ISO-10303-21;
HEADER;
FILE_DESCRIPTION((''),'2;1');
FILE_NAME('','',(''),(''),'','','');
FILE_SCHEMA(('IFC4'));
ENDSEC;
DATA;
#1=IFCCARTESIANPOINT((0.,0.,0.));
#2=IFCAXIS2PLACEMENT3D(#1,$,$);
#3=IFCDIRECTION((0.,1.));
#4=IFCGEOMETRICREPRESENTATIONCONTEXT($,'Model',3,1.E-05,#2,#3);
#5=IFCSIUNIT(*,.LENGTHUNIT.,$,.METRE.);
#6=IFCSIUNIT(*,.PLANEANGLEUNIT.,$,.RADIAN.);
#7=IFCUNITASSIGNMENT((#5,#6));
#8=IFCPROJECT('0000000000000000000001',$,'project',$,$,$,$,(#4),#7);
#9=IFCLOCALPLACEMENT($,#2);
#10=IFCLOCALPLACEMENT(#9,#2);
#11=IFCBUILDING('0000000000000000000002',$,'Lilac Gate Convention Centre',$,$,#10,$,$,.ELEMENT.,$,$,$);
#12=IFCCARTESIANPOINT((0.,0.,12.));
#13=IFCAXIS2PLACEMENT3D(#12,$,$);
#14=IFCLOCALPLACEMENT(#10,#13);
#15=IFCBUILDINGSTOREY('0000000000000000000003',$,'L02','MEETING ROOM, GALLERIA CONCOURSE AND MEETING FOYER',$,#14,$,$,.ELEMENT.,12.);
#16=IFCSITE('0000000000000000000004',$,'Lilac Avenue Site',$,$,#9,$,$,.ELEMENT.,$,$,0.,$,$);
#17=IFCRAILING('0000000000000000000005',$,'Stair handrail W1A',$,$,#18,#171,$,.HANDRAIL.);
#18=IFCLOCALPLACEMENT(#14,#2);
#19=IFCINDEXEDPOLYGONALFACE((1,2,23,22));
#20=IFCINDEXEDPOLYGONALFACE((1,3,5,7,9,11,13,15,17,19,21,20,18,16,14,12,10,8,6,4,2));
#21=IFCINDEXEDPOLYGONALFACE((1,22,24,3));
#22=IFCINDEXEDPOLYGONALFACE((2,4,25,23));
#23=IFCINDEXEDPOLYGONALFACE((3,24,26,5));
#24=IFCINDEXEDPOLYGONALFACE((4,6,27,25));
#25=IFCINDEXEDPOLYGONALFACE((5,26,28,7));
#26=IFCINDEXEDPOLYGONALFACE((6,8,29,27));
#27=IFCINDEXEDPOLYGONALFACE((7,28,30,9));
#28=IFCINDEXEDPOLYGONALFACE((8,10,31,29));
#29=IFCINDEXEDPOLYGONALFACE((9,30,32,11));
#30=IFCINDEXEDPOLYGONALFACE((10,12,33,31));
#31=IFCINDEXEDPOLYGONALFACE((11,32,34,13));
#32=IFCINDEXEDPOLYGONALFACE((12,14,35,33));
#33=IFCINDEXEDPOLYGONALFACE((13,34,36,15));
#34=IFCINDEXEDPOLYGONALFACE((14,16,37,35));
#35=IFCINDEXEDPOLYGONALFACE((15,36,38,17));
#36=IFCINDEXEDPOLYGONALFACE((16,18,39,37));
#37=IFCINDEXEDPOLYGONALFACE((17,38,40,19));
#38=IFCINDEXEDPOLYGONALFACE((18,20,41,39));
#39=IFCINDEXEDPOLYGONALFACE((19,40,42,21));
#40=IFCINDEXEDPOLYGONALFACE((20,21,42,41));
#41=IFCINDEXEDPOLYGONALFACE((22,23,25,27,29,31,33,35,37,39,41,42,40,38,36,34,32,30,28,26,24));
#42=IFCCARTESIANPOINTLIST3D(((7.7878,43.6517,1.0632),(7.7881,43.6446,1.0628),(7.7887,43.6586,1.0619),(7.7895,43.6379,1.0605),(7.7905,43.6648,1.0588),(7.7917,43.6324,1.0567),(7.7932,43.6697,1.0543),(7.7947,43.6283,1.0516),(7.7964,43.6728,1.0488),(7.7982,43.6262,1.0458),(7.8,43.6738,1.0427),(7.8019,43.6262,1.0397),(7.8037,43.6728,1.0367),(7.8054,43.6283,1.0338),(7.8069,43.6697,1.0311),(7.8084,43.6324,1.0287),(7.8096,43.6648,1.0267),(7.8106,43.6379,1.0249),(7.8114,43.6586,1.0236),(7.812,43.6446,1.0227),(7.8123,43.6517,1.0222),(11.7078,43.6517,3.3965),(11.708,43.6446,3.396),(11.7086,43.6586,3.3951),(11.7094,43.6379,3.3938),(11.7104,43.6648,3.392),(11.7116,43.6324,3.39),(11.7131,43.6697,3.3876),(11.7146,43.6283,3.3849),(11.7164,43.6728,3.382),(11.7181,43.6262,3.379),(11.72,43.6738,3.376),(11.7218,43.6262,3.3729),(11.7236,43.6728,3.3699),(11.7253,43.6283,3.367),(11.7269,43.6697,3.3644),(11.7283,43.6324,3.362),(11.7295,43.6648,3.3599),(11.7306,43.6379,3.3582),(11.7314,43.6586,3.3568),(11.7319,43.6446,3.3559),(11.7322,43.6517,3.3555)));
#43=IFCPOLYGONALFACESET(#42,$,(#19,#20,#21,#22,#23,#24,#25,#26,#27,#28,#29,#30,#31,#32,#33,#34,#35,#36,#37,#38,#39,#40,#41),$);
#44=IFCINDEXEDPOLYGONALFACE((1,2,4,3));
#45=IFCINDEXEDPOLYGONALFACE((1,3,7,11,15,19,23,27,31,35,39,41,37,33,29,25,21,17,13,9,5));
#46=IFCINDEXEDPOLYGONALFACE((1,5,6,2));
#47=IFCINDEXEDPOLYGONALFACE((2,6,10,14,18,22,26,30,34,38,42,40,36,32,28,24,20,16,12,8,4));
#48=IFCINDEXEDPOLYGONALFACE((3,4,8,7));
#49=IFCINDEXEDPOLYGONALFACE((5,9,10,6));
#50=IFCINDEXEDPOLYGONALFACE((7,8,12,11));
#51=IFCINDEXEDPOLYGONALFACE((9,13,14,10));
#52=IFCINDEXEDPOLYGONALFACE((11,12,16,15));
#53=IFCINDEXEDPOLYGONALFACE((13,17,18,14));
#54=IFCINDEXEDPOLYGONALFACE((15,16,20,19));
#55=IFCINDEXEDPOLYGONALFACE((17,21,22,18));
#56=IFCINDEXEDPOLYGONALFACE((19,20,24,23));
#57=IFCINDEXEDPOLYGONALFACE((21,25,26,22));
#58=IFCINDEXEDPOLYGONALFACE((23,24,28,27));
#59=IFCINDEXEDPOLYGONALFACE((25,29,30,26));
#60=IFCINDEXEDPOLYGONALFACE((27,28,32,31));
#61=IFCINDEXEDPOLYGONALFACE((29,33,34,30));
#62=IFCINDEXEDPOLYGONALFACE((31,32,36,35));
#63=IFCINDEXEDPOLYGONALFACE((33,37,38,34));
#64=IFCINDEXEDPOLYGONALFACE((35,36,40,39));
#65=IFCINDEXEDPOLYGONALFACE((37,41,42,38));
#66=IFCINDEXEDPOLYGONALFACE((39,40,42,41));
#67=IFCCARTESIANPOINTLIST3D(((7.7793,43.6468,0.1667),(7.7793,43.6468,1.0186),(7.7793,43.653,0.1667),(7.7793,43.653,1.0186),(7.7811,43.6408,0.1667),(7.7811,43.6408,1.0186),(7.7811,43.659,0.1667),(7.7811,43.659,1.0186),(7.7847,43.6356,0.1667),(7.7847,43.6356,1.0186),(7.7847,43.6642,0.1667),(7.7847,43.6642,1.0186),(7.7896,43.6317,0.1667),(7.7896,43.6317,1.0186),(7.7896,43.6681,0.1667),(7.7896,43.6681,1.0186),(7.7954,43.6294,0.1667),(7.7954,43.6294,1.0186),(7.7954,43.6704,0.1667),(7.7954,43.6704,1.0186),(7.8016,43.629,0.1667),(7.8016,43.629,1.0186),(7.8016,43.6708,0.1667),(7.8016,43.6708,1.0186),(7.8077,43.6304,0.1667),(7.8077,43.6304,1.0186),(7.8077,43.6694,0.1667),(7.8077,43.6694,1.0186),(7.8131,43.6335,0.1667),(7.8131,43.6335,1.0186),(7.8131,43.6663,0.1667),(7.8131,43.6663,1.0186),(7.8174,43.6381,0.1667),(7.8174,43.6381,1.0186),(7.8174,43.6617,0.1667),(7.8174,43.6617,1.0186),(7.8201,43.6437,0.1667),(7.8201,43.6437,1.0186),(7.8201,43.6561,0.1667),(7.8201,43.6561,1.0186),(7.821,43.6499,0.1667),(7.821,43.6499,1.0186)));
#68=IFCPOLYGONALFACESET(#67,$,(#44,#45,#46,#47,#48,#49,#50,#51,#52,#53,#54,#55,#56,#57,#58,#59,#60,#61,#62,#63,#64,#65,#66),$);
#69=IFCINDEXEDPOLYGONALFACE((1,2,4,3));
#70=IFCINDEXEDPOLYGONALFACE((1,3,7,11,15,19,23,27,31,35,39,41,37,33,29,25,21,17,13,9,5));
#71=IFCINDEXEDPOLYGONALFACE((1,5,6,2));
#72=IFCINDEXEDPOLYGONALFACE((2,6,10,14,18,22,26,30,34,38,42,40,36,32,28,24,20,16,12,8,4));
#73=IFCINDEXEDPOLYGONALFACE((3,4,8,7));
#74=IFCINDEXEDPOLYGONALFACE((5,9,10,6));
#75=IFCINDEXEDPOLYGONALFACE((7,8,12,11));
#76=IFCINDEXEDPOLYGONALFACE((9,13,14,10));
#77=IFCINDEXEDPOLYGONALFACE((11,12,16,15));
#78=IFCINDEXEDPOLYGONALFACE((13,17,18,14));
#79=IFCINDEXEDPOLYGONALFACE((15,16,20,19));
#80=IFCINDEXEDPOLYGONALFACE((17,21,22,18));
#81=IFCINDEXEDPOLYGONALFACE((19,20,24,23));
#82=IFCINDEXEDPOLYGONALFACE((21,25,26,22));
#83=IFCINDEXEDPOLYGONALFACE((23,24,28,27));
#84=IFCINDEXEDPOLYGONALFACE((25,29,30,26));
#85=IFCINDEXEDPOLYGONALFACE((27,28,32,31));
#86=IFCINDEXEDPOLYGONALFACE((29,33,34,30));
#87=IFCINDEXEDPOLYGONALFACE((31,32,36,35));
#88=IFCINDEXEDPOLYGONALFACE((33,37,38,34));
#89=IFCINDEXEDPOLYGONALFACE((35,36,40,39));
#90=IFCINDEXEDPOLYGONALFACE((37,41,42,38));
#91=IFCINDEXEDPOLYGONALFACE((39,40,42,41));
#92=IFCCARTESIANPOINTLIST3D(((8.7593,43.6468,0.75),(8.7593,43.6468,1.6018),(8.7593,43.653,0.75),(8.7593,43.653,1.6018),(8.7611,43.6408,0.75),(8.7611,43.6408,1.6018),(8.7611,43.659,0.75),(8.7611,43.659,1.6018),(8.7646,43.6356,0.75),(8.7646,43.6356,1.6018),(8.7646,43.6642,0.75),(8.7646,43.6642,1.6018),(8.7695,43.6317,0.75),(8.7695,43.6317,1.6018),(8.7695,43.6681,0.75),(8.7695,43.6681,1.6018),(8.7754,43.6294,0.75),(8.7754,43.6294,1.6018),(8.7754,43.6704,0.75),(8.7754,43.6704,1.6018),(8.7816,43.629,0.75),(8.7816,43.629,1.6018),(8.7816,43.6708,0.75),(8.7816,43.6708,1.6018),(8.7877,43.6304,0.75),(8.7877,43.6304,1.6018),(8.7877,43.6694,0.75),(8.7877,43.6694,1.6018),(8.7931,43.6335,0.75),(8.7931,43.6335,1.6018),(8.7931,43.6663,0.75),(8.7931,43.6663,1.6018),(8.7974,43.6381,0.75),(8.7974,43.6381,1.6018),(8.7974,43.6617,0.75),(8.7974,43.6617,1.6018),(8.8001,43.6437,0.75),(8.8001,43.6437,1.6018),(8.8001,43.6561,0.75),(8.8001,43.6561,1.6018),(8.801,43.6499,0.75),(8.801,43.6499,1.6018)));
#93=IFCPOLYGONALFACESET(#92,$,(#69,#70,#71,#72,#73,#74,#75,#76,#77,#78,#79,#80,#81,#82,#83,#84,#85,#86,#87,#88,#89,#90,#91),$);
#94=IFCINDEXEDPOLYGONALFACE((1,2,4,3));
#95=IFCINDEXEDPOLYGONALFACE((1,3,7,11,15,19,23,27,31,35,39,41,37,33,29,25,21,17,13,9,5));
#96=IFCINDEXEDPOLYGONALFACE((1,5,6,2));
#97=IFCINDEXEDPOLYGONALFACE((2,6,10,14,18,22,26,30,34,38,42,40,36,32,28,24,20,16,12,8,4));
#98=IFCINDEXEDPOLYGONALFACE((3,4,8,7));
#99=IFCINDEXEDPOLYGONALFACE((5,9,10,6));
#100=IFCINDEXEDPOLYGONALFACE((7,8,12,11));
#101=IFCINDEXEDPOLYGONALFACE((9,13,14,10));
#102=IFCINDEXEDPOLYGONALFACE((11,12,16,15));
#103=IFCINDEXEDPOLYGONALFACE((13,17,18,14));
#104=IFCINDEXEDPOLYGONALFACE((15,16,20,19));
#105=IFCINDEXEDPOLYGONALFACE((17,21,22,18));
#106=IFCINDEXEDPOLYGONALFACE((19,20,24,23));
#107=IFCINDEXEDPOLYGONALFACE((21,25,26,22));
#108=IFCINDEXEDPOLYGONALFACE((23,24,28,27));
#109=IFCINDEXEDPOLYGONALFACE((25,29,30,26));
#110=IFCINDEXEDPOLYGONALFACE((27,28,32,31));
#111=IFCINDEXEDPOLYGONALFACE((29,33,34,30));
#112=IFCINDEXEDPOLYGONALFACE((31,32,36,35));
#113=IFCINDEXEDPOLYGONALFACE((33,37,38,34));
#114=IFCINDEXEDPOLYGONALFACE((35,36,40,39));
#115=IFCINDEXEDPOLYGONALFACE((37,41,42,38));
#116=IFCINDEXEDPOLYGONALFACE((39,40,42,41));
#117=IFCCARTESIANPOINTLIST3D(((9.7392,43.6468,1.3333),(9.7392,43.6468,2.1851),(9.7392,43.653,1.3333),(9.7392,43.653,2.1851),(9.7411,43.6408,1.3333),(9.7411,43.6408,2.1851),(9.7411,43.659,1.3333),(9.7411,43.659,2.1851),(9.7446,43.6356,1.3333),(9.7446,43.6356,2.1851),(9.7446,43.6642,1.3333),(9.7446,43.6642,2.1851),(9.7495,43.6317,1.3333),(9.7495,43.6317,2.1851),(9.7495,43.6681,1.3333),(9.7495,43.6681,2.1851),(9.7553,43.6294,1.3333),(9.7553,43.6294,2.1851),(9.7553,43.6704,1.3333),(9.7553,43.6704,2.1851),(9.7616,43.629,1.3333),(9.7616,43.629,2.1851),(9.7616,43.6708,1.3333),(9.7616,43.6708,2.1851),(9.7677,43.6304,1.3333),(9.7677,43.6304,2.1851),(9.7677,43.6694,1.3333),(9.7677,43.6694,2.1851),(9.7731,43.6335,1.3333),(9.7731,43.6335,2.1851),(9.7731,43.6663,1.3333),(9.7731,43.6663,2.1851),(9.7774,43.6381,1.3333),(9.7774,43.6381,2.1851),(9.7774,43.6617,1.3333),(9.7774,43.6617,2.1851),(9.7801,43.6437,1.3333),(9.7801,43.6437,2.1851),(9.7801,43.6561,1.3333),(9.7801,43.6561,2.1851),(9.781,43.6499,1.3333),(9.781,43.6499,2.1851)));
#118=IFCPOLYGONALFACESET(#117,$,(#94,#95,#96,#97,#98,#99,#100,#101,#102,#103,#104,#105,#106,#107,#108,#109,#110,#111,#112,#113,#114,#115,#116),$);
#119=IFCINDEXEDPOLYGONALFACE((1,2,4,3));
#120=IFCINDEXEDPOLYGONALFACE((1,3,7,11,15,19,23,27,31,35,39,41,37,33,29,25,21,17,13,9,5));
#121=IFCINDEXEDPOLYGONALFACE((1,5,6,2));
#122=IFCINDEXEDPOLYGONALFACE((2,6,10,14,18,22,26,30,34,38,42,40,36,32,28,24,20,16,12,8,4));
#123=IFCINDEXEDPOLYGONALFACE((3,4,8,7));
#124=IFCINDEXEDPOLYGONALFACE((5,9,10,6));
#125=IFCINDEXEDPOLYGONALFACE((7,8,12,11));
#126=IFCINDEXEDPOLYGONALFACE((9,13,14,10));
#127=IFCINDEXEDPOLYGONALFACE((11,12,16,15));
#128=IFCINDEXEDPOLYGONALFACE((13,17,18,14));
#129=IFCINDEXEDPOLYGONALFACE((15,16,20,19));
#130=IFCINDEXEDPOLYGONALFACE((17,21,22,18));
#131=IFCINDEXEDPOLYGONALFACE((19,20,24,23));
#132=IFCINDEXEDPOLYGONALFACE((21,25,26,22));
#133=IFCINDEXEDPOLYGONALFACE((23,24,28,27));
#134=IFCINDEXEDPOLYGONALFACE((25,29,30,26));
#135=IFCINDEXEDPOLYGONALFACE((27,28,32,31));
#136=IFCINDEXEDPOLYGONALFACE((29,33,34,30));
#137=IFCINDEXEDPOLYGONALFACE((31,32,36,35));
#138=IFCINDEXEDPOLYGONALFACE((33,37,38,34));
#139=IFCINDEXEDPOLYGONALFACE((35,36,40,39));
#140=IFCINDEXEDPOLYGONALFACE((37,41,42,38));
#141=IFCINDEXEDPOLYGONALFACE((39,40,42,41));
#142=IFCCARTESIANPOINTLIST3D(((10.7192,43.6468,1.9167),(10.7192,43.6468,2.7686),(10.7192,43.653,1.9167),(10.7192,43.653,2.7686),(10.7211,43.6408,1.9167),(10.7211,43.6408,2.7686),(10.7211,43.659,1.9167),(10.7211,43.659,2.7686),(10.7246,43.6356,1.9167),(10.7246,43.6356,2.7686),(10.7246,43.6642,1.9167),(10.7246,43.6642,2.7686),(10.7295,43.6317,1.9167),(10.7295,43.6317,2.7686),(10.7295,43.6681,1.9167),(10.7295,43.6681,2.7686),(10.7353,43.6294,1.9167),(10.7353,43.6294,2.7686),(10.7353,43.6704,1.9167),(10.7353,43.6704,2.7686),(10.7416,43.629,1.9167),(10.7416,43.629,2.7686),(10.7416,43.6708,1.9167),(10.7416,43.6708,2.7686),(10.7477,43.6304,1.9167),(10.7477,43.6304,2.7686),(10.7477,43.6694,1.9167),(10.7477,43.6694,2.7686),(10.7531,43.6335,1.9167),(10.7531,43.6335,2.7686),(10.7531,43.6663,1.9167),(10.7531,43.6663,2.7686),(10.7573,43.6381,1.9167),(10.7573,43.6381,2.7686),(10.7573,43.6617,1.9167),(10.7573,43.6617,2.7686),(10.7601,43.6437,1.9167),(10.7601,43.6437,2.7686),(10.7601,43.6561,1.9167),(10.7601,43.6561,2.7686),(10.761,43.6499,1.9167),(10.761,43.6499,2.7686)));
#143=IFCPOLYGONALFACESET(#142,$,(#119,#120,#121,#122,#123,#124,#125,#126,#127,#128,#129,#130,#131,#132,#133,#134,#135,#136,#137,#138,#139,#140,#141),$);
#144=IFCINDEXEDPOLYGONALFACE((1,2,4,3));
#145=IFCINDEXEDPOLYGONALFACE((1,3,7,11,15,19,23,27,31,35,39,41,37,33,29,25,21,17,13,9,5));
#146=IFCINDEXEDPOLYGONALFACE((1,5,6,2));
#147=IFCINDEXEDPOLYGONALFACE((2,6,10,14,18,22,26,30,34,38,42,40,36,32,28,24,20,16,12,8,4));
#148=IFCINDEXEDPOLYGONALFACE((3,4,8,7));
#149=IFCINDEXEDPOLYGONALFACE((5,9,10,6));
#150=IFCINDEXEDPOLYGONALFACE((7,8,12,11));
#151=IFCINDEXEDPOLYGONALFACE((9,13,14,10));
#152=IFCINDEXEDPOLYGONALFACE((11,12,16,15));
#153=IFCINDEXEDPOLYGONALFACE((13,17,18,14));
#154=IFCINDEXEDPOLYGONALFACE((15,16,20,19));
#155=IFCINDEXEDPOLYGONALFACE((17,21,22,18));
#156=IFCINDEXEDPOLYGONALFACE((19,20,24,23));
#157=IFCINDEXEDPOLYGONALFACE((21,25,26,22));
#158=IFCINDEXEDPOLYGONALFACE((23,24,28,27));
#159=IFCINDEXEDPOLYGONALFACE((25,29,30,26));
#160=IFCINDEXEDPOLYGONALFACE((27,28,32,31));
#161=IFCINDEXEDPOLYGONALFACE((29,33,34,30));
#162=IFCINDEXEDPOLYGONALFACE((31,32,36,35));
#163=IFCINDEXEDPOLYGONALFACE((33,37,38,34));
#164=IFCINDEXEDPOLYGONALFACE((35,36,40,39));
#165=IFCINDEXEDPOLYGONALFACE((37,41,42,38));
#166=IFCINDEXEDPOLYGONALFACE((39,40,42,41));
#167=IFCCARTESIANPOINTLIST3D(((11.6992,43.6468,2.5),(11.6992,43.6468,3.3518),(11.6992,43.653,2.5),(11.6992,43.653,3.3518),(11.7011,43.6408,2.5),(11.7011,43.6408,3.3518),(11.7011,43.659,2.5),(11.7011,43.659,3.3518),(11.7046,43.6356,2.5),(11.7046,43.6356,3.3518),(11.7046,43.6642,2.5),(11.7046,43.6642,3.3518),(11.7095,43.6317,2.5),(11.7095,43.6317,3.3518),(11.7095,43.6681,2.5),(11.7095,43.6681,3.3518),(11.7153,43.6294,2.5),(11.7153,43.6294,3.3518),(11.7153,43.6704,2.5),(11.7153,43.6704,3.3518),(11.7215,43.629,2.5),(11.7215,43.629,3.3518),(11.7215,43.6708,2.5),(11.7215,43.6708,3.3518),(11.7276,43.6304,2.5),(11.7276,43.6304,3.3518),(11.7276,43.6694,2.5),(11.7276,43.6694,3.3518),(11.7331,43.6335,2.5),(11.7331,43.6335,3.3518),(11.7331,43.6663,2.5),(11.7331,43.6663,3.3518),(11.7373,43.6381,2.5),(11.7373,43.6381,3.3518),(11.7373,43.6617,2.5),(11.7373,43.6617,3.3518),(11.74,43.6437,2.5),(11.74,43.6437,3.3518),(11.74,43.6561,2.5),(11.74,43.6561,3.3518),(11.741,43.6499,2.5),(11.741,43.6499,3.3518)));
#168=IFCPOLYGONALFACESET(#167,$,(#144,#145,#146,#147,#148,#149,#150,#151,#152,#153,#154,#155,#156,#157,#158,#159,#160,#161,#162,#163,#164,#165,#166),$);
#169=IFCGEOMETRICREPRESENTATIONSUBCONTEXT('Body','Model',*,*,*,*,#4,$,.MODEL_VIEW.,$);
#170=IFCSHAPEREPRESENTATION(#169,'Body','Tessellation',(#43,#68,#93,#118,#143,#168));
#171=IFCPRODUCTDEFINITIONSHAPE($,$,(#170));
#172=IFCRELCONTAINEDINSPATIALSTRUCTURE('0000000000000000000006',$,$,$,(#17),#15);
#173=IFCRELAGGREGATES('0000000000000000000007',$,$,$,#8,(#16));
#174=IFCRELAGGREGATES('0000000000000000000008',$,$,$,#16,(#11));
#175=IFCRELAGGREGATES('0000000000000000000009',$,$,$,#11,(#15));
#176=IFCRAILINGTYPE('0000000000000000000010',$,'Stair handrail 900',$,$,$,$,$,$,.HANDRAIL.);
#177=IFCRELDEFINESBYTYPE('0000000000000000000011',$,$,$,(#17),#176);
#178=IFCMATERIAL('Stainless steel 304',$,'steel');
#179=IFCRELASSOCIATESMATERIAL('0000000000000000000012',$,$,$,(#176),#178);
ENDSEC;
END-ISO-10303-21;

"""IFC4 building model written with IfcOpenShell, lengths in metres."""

from ifc_helpers import new_model, si_unit, direction, frame, origin, origin_2d, place, context, subcontext, project, spatial, circle, extrude, material, type_object, element, save


model = new_model("IFC4")

# Units and contexts
model_context = context("Model", 3, precision=1e-05, world=origin(), true_north=direction((0.0, 1.0)))
body_context = subcontext(model_context, "Body", "Model", "MODEL_VIEW")
ifc_project = project(units=[si_unit("LENGTHUNIT", "METRE"), si_unit("PLANEANGLEUNIT", "RADIAN")], contexts=[model_context])

# Site, building, storey
site_placement = place(None, origin())
site = spatial("IfcSite", under=ifc_project, at=site_placement, Name="Lilac Avenue Site", CompositionType="ELEMENT", RefElevation=0.0)
building_placement = place(site_placement, origin())
building = spatial("IfcBuilding", under=site, at=building_placement, Name="Lilac Gate Convention Centre", CompositionType="ELEMENT")
storey_placement = place(building_placement, frame((0.0, 0.0, 12.0)))
storey = spatial("IfcBuildingStorey", under=building, at=storey_placement, Name="L02", Description="MEETING ROOM, GALLERIA CONCOURSE AND MEETING FOYER", CompositionType="ELEMENT", Elevation=12.0)

# Shared definitions
ifc_material_1 = material(Name="Stainless steel 304", Category="steel")

# Railing
railing_type = type_object("IfcRailingType", Name="Stair handrail 900", PredefinedType="HANDRAIL", material=ifc_material_1)
for number, where, name in (
    (1, (7.8, 43.6499, 0.1667), "Stair handrail W1A"),
):
    element("IfcRailing", number, at=place(storey_placement, frame(where)), inside=storey, type_object=railing_type, Name=name, PredefinedType="HANDRAIL", context=body_context, shape_type="SweptSolid", body=[
        extrude(circle(Radius=0.0239, at=origin_2d()), frame((0.0, 0.0, 0.876), z_axis=(0.859296, 0.0, 0.511478), x_axis=(0.0, 1.0, 0.0)), (0.0, 0.0, 1.0), 4.5618),
        extrude(circle(Radius=0.021, at=origin_2d()), origin(), (0.0, 0.0, 1.0), 0.8518),
        extrude(circle(Radius=0.021, at=origin_2d()), frame((0.98, 0.0, 0.5833)), (0.0, 0.0, 1.0), 0.8518),
        extrude(circle(Radius=0.021, at=origin_2d()), frame((1.96, 0.0, 1.1665)), (0.0, 0.0, 1.0), 0.8518),
        extrude(circle(Radius=0.021, at=origin_2d()), frame((2.9399, 0.0, 1.75)), (0.0, 0.0, 1.0), 0.8518),
        extrude(circle(Radius=0.021, at=origin_2d()), frame((3.9199, 0.0, 2.3333)), (0.0, 0.0, 1.0), 0.8518),
    ])

save(model, "model.ifc")
